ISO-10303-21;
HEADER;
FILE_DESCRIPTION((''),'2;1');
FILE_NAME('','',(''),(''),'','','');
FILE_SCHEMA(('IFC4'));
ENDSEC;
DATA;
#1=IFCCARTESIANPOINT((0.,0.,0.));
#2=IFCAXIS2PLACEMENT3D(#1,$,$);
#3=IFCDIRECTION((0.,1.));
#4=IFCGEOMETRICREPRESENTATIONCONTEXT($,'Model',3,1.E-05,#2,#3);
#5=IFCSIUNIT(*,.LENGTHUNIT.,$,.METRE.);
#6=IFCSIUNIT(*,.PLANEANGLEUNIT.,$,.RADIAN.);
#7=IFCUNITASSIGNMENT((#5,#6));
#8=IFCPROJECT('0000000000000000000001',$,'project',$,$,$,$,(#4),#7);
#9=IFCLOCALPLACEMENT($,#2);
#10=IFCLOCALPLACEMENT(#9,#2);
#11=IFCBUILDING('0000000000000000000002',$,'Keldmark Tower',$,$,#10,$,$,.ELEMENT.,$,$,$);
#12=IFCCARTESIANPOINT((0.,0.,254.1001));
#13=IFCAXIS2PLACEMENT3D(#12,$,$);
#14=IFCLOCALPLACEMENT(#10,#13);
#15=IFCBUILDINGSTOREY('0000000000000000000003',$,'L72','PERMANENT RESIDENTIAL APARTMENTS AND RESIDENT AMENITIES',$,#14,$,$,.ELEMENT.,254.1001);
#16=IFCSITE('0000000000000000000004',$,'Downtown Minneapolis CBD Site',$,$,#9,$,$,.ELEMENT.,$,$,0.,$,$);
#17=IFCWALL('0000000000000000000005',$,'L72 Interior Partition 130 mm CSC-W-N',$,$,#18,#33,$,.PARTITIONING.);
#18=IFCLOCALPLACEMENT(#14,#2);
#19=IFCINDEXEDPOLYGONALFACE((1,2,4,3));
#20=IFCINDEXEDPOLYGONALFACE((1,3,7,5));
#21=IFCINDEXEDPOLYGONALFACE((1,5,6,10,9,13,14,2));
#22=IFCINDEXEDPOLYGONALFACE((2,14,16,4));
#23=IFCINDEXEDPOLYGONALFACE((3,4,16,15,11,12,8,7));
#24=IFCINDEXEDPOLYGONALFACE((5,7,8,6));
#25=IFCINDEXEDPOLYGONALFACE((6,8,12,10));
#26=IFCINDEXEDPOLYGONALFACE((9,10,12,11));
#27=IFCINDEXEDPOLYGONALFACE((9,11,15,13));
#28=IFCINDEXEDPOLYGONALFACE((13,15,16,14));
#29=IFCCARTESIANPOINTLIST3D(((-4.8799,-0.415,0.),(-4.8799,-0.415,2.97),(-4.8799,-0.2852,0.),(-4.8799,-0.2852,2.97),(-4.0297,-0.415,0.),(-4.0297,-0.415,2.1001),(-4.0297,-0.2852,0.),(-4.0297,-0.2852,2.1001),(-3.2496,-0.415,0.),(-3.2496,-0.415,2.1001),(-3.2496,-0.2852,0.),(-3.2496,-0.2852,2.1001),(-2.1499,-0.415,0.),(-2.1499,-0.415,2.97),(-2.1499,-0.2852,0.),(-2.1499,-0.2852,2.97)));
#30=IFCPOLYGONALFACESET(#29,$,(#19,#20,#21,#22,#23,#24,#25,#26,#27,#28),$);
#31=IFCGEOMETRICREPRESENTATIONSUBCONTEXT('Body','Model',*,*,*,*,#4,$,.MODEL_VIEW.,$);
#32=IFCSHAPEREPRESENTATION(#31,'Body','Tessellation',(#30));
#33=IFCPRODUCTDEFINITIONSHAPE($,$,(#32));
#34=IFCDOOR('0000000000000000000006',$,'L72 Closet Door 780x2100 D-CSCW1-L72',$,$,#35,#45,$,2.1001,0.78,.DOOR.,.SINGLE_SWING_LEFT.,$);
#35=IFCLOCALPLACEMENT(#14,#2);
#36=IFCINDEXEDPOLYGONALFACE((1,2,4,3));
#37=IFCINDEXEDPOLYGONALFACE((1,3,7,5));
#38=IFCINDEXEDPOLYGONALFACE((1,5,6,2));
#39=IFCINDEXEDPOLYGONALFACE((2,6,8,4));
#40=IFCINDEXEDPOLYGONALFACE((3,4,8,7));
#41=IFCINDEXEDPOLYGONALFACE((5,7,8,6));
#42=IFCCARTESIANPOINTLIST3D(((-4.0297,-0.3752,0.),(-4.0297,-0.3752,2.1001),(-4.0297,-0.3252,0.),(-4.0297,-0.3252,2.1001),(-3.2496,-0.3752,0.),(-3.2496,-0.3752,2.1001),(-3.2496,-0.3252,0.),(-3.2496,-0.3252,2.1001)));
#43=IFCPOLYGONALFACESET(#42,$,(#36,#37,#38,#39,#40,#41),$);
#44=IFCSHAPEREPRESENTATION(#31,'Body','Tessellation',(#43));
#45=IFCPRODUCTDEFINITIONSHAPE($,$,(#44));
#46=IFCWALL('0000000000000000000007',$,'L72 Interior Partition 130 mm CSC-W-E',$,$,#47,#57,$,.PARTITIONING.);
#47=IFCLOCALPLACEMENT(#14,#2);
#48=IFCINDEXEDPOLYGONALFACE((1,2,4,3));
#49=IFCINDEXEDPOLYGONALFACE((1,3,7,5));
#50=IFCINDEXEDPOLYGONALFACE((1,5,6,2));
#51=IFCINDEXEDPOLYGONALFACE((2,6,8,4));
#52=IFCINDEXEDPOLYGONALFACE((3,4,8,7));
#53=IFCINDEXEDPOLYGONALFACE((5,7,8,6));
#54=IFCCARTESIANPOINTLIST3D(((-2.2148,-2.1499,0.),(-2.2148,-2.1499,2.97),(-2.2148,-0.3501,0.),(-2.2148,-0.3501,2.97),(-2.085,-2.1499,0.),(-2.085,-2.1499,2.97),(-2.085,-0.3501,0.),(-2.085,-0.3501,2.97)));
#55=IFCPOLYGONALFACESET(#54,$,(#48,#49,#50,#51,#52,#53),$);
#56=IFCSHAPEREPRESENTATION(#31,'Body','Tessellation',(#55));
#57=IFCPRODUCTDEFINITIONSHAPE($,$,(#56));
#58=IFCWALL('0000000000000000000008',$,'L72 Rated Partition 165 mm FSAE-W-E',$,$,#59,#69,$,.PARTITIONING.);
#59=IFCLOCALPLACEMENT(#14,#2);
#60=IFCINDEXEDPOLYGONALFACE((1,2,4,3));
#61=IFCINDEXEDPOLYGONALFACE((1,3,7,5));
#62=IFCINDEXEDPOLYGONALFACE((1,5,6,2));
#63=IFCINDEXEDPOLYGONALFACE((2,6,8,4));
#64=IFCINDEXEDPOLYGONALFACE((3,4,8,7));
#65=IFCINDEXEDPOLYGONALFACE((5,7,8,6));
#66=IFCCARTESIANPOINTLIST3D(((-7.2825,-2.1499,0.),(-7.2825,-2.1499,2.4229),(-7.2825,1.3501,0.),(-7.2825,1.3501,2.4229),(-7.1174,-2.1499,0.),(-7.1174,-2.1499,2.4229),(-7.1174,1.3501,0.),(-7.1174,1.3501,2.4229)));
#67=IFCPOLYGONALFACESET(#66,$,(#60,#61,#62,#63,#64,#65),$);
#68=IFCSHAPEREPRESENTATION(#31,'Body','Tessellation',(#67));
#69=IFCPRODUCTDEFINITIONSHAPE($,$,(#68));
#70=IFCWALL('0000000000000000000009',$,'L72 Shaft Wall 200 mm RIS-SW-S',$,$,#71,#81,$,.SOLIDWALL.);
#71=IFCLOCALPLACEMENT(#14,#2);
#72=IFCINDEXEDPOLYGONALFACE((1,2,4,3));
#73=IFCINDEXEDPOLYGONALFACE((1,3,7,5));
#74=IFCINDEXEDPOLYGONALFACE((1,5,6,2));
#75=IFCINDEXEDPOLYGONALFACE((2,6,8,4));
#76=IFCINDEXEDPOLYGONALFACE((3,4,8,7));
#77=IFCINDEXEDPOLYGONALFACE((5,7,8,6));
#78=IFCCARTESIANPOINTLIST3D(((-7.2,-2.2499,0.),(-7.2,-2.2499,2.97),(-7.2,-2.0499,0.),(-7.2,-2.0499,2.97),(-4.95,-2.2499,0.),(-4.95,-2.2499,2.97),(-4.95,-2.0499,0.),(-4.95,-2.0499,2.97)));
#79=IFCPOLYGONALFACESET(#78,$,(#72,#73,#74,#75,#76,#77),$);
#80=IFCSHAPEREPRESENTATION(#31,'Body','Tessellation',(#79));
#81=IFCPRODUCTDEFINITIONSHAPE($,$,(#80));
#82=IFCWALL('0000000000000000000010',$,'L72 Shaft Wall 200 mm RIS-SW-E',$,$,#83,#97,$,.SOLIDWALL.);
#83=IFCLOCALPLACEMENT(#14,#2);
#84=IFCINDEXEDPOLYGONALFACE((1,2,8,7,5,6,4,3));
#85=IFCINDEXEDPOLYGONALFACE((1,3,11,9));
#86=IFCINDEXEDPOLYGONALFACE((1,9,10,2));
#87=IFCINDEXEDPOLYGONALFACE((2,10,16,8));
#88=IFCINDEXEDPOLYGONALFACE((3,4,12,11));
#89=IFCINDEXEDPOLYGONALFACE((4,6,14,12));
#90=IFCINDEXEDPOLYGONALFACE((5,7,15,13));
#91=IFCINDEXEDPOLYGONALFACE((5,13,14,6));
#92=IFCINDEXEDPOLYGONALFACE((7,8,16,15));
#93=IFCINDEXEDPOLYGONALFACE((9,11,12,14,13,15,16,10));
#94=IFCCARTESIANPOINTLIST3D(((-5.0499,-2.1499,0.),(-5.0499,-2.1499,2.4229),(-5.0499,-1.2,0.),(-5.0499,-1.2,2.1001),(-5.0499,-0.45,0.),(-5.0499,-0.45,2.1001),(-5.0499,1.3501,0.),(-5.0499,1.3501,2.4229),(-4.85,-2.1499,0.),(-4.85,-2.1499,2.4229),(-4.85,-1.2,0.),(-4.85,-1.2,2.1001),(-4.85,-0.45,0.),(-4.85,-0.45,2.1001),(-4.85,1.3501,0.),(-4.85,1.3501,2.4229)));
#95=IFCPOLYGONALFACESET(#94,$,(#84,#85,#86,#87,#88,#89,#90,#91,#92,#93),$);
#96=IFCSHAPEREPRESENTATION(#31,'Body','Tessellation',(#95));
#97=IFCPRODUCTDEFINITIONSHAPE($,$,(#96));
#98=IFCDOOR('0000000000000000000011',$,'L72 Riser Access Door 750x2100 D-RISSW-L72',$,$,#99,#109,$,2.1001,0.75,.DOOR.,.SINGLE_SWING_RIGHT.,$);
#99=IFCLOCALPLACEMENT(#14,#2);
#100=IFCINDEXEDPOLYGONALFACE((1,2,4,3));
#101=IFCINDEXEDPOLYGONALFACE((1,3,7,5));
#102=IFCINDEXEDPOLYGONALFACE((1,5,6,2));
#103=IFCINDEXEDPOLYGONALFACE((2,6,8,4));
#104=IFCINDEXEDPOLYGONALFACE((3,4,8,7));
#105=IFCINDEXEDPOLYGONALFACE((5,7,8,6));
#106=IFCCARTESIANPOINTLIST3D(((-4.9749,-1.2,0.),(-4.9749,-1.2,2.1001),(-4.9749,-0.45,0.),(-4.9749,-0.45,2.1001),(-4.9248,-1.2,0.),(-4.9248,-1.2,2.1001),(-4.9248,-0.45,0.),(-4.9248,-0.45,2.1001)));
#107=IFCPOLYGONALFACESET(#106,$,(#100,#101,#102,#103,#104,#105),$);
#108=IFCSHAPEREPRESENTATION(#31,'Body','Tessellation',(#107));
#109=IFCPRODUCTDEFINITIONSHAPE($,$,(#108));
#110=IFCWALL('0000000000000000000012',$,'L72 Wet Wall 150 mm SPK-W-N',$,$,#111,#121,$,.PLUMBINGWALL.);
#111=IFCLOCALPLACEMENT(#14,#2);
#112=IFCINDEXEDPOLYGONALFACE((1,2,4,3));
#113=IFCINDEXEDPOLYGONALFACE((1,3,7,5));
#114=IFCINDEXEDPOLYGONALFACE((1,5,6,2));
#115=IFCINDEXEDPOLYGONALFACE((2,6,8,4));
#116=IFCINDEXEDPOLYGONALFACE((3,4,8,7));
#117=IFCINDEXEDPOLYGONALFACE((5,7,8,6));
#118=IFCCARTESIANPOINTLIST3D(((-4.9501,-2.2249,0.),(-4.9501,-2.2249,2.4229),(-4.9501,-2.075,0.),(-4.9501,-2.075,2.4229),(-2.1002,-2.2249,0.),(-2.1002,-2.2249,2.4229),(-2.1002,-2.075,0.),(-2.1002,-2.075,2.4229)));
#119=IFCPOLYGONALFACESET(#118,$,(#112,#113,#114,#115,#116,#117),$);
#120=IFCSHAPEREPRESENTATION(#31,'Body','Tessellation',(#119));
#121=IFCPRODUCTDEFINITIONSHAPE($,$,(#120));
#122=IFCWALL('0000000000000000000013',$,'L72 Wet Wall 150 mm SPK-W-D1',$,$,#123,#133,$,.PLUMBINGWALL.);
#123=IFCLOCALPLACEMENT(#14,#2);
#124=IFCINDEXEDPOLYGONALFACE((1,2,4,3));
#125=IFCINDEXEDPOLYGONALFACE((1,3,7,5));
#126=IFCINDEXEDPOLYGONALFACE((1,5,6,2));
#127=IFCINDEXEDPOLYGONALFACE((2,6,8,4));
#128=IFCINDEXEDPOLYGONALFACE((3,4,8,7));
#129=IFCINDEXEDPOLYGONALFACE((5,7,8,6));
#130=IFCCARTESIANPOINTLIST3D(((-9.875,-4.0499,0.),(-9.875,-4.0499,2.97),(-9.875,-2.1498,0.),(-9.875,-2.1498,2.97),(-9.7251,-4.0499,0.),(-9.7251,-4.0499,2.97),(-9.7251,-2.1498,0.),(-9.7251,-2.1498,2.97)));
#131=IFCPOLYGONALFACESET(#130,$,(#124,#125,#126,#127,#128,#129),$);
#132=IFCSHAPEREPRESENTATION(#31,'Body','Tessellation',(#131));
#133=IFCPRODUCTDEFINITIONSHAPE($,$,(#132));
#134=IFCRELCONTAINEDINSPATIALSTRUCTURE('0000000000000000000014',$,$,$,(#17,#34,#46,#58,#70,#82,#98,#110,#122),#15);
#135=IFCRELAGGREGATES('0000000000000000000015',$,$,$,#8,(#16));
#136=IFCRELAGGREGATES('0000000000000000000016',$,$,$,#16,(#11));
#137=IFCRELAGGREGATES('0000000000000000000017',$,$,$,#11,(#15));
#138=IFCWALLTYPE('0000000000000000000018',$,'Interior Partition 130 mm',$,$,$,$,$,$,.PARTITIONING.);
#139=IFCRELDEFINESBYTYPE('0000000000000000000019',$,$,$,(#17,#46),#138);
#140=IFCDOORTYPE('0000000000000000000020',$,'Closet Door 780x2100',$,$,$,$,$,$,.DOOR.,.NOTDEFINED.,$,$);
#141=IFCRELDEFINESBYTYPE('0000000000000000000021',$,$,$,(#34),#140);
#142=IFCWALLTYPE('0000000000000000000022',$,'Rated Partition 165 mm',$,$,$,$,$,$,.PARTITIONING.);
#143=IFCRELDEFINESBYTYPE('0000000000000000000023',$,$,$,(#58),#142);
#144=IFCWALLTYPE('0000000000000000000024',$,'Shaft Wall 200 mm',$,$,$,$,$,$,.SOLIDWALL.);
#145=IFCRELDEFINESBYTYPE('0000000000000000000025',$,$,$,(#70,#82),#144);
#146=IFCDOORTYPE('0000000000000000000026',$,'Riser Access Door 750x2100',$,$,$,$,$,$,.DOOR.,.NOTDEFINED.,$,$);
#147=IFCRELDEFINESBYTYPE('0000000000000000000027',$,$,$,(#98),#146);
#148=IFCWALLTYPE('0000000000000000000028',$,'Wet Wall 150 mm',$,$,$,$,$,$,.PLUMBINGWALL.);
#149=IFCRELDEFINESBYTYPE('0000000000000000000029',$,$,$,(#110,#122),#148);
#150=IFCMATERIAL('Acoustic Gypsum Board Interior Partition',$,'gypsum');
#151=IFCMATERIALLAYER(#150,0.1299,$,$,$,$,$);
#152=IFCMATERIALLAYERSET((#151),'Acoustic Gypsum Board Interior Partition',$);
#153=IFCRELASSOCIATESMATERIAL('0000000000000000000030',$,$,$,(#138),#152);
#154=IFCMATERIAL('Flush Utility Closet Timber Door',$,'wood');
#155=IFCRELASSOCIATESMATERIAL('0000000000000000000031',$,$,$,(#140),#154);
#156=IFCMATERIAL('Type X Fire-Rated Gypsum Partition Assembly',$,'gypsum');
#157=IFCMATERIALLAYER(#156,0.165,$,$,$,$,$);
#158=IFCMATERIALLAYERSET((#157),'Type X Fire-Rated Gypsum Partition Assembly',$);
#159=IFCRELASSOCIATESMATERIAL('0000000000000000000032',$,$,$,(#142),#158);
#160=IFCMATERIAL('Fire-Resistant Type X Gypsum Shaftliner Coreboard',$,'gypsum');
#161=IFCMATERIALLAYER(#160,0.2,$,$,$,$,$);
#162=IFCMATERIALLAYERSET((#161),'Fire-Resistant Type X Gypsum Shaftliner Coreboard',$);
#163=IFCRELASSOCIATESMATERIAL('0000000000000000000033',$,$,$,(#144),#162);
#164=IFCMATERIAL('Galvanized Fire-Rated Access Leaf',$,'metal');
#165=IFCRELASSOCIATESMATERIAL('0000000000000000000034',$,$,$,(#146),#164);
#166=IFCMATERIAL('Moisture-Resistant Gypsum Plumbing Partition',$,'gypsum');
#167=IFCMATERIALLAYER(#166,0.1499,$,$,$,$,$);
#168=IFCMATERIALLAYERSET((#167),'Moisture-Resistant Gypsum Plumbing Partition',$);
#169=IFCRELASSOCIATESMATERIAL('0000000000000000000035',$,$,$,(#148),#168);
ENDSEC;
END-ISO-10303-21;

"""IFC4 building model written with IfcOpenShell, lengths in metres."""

from ifc_helpers import new_model, si_unit, direction, frame, frame_2d, origin, place, context, subcontext, project, spatial, rectangle, extrude, material, layer, layer_set, type_object, element, fill, save


model = new_model("IFC4")

# Units and contexts
model_context = context("Model", 3, precision=1e-05, world=origin(), true_north=direction((0.0, 1.0)))
body_context = subcontext(model_context, "Body", "Model", "MODEL_VIEW")
ifc_project = project(units=[si_unit("LENGTHUNIT", "METRE"), si_unit("PLANEANGLEUNIT", "RADIAN")], contexts=[model_context])

# Site, building, storey
site_placement = place(None, origin())
site = spatial("IfcSite", under=ifc_project, at=site_placement, Name="Downtown Minneapolis CBD Site", CompositionType="ELEMENT", RefElevation=0.0)
building_placement = place(site_placement, origin())
building = spatial("IfcBuilding", under=site, at=building_placement, Name="Keldmark Tower", CompositionType="ELEMENT")
storey_placement = place(building_placement, frame((0.0, 0.0, 254.1001)))
storey = spatial("IfcBuildingStorey", under=building, at=storey_placement, Name="L72", Description="PERMANENT RESIDENTIAL APARTMENTS AND RESIDENT AMENITIES", CompositionType="ELEMENT", Elevation=254.1001)

# Wall, opening, door
ifc_material_1 = material(Name="Acoustic Gypsum Board Interior Partition", Category="gypsum")
ifc_layer_1 = layer(ifc_material_1, 0.1299)
ifc_layer_set_1 = layer_set([ifc_layer_1], Name="Acoustic Gypsum Board Interior Partition")
wall_type_1 = type_object("IfcWallType", Name="Interior Partition 130 mm", PredefinedType="PARTITIONING", material=ifc_layer_set_1)
wall_1_placement = place(storey_placement, frame((-4.8799, -0.3501, 0.0), z_axis=(0.0, 0.0, 1.0), x_axis=(1.0, 0.0, 0.0)))
wall_1 = element("IfcWall", 1, at=wall_1_placement, inside=storey, type_object=wall_type_1, Name="L72 Interior Partition 130 mm CSC-W-N", PredefinedType="PARTITIONING", context=body_context, shape_type="SweptSolid", body=[
    extrude(rectangle(XDim=2.73, YDim=0.1299, at=frame_2d((1.365, 0.0))), origin(), (0.0, 0.0, 1.0), 2.97),
])
opening_1_placement = place(wall_1_placement, frame((0.8501, 0.0, 0.0)))
opening_1 = element("IfcOpeningElement", 2, at=opening_1_placement, cuts=wall_1, PredefinedType="OPENING", context=body_context, shape_type="SweptSolid", body=[
    extrude(rectangle(XDim=0.78, YDim=2.1001, at=frame_2d((0.3901, 1.05))), frame((0.0, 0.075, 0.0), z_axis=(0.0, -1.0, 0.0), x_axis=(1.0, 0.0, 0.0)), (0.0, 0.0, 1.0), 0.1499),
])
ifc_material_2 = material(Name="Flush Utility Closet Timber Door", Category="wood")
door_type_1 = type_object("IfcDoorType", Name="Closet Door 780x2100", OperationType="NOTDEFINED", PredefinedType="DOOR", material=ifc_material_2)
door_1_placement = place(opening_1_placement, origin())
door_1 = element("IfcDoor", 3, at=door_1_placement, inside=storey, type_object=door_type_1, Name="L72 Closet Door 780x2100 D-CSCW1-L72", OperationType="SINGLE_SWING_LEFT", OverallHeight=2.1001, OverallWidth=0.78, PredefinedType="DOOR", context=body_context, shape_type="SweptSolid", body=[
    extrude(rectangle(XDim=0.78, YDim=2.1001, at=frame_2d((0.3901, 1.05))), frame((0.0, 0.0249, 0.0), z_axis=(0.0, -1.0, 0.0), x_axis=(1.0, 0.0, 0.0)), (0.0, 0.0, 1.0), 0.05),
])
fill(opening_1, door_1)

# Walls
wall_2_placement = place(storey_placement, frame((-2.1499, -2.1499, 0.0), z_axis=(0.0, 0.0, 1.0), x_axis=(0.0, 1.0, 0.0)))
element("IfcWall", 4, at=wall_2_placement, inside=storey, type_object=wall_type_1, Name="L72 Interior Partition 130 mm CSC-W-E", PredefinedType="PARTITIONING", context=body_context, shape_type="SweptSolid", body=[
    extrude(rectangle(XDim=1.7998, YDim=0.1299, at=frame_2d((0.8999, 0.0))), origin(), (0.0, 0.0, 1.0), 2.97),
])
ifc_material_3 = material(Name="Type X Fire-Rated Gypsum Partition Assembly", Category="gypsum")
ifc_layer_2 = layer(ifc_material_3, 0.165)
ifc_layer_set_2 = layer_set([ifc_layer_2], Name="Type X Fire-Rated Gypsum Partition Assembly")
wall_type_2 = type_object("IfcWallType", Name="Rated Partition 165 mm", PredefinedType="PARTITIONING", material=ifc_layer_set_2)
wall_3_placement = place(storey_placement, frame((-7.2, -2.1499, 0.0), z_axis=(0.0, 0.0, 1.0), x_axis=(0.0, 1.0, 0.0)))
element("IfcWall", 5, at=wall_3_placement, inside=storey, type_object=wall_type_2, Name="L72 Rated Partition 165 mm FSAE-W-E", PredefinedType="PARTITIONING", context=body_context, shape_type="SweptSolid", body=[
    extrude(rectangle(XDim=3.5, YDim=0.165, at=frame_2d((1.75, 0.0))), origin(), (0.0, 0.0, 1.0), 2.4229),
])
ifc_material_4 = material(Name="Fire-Resistant Type X Gypsum Shaftliner Coreboard", Category="gypsum")
ifc_layer_3 = layer(ifc_material_4, 0.2)
ifc_layer_set_3 = layer_set([ifc_layer_3], Name="Fire-Resistant Type X Gypsum Shaftliner Coreboard")
wall_type_3 = type_object("IfcWallType", Name="Shaft Wall 200 mm", PredefinedType="SOLIDWALL", material=ifc_layer_set_3)
wall_4_placement = place(storey_placement, frame((-7.2, -2.1499, 0.0), z_axis=(0.0, 0.0, 1.0), x_axis=(1.0, 0.0, 0.0)))
element("IfcWall", 6, at=wall_4_placement, inside=storey, type_object=wall_type_3, Name="L72 Shaft Wall 200 mm RIS-SW-S", PredefinedType="SOLIDWALL", context=body_context, shape_type="SweptSolid", body=[
    extrude(rectangle(XDim=2.25, YDim=0.2, at=frame_2d((1.125, 0.0))), origin(), (0.0, 0.0, 1.0), 2.97),
])

# Wall, opening, door
wall_5_placement = place(storey_placement, frame((-4.95, -2.1499, 0.0), z_axis=(0.0, 0.0, 1.0), x_axis=(0.0, 1.0, 0.0)))
wall_5 = element("IfcWall", 7, at=wall_5_placement, inside=storey, type_object=wall_type_3, Name="L72 Shaft Wall 200 mm RIS-SW-E", PredefinedType="SOLIDWALL", context=body_context, shape_type="SweptSolid", body=[
    extrude(rectangle(XDim=3.5, YDim=0.2, at=frame_2d((1.75, 0.0))), origin(), (0.0, 0.0, 1.0), 2.4229),
])
opening_2_placement = place(wall_5_placement, frame((0.95, 0.0, 0.0)))
opening_2 = element("IfcOpeningElement", 8, at=opening_2_placement, cuts=wall_5, PredefinedType="OPENING", context=body_context, shape_type="SweptSolid", body=[
    extrude(rectangle(XDim=0.75, YDim=2.1001, at=frame_2d((0.375, 1.05))), frame((0.0, 0.1099, 0.0), z_axis=(0.0, -1.0, 0.0), x_axis=(1.0, 0.0, 0.0)), (0.0, 0.0, 1.0), 0.22),
])
ifc_material_5 = material(Name="Galvanized Fire-Rated Access Leaf", Category="metal")
door_type_2 = type_object("IfcDoorType", Name="Riser Access Door 750x2100", OperationType="NOTDEFINED", PredefinedType="DOOR", material=ifc_material_5)
door_2_placement = place(opening_2_placement, origin())
door_2 = element("IfcDoor", 9, at=door_2_placement, inside=storey, type_object=door_type_2, Name="L72 Riser Access Door 750x2100 D-RISSW-L72", OperationType="SINGLE_SWING_RIGHT", OverallHeight=2.1001, OverallWidth=0.75, PredefinedType="DOOR", context=body_context, shape_type="SweptSolid", body=[
    extrude(rectangle(XDim=0.75, YDim=2.1001, at=frame_2d((0.375, 1.05))), frame((0.0, 0.0249, 0.0), z_axis=(0.0, -1.0, 0.0), x_axis=(1.0, 0.0, 0.0)), (0.0, 0.0, 1.0), 0.05),
])
fill(opening_2, door_2)

# Walls
ifc_material_6 = material(Name="Moisture-Resistant Gypsum Plumbing Partition", Category="gypsum")
ifc_layer_4 = layer(ifc_material_6, 0.1499)
ifc_layer_set_4 = layer_set([ifc_layer_4], Name="Moisture-Resistant Gypsum Plumbing Partition")
wall_type_4 = type_object("IfcWallType", Name="Wet Wall 150 mm", PredefinedType="PLUMBINGWALL", material=ifc_layer_set_4)
wall_6_placement = place(storey_placement, frame((-4.95, -2.1499, 0.0), z_axis=(0.0, 0.0, 1.0), x_axis=(1.0, 0.0, 0.0)))
element("IfcWall", 10, at=wall_6_placement, inside=storey, type_object=wall_type_4, Name="L72 Wet Wall 150 mm SPK-W-N", PredefinedType="PLUMBINGWALL", context=body_context, shape_type="SweptSolid", body=[
    extrude(rectangle(XDim=2.8499, YDim=0.1499, at=frame_2d((1.4248, 0.0))), origin(), (0.0, 0.0, 1.0), 2.4229),
])
wall_7_placement = place(storey_placement, frame((-9.8, -4.05, 0.0), z_axis=(0.0, 0.0, 1.0), x_axis=(0.0, 1.0, 0.0)))
element("IfcWall", 11, at=wall_7_placement, inside=storey, type_object=wall_type_4, Name="L72 Wet Wall 150 mm SPK-W-D1", PredefinedType="PLUMBINGWALL", context=body_context, shape_type="SweptSolid", body=[
    extrude(rectangle(XDim=1.9001, YDim=0.1499, at=frame_2d((0.9502, 0.0))), origin(), (0.0, 0.0, 1.0), 2.97),
])

save(model, "model.ifc")
